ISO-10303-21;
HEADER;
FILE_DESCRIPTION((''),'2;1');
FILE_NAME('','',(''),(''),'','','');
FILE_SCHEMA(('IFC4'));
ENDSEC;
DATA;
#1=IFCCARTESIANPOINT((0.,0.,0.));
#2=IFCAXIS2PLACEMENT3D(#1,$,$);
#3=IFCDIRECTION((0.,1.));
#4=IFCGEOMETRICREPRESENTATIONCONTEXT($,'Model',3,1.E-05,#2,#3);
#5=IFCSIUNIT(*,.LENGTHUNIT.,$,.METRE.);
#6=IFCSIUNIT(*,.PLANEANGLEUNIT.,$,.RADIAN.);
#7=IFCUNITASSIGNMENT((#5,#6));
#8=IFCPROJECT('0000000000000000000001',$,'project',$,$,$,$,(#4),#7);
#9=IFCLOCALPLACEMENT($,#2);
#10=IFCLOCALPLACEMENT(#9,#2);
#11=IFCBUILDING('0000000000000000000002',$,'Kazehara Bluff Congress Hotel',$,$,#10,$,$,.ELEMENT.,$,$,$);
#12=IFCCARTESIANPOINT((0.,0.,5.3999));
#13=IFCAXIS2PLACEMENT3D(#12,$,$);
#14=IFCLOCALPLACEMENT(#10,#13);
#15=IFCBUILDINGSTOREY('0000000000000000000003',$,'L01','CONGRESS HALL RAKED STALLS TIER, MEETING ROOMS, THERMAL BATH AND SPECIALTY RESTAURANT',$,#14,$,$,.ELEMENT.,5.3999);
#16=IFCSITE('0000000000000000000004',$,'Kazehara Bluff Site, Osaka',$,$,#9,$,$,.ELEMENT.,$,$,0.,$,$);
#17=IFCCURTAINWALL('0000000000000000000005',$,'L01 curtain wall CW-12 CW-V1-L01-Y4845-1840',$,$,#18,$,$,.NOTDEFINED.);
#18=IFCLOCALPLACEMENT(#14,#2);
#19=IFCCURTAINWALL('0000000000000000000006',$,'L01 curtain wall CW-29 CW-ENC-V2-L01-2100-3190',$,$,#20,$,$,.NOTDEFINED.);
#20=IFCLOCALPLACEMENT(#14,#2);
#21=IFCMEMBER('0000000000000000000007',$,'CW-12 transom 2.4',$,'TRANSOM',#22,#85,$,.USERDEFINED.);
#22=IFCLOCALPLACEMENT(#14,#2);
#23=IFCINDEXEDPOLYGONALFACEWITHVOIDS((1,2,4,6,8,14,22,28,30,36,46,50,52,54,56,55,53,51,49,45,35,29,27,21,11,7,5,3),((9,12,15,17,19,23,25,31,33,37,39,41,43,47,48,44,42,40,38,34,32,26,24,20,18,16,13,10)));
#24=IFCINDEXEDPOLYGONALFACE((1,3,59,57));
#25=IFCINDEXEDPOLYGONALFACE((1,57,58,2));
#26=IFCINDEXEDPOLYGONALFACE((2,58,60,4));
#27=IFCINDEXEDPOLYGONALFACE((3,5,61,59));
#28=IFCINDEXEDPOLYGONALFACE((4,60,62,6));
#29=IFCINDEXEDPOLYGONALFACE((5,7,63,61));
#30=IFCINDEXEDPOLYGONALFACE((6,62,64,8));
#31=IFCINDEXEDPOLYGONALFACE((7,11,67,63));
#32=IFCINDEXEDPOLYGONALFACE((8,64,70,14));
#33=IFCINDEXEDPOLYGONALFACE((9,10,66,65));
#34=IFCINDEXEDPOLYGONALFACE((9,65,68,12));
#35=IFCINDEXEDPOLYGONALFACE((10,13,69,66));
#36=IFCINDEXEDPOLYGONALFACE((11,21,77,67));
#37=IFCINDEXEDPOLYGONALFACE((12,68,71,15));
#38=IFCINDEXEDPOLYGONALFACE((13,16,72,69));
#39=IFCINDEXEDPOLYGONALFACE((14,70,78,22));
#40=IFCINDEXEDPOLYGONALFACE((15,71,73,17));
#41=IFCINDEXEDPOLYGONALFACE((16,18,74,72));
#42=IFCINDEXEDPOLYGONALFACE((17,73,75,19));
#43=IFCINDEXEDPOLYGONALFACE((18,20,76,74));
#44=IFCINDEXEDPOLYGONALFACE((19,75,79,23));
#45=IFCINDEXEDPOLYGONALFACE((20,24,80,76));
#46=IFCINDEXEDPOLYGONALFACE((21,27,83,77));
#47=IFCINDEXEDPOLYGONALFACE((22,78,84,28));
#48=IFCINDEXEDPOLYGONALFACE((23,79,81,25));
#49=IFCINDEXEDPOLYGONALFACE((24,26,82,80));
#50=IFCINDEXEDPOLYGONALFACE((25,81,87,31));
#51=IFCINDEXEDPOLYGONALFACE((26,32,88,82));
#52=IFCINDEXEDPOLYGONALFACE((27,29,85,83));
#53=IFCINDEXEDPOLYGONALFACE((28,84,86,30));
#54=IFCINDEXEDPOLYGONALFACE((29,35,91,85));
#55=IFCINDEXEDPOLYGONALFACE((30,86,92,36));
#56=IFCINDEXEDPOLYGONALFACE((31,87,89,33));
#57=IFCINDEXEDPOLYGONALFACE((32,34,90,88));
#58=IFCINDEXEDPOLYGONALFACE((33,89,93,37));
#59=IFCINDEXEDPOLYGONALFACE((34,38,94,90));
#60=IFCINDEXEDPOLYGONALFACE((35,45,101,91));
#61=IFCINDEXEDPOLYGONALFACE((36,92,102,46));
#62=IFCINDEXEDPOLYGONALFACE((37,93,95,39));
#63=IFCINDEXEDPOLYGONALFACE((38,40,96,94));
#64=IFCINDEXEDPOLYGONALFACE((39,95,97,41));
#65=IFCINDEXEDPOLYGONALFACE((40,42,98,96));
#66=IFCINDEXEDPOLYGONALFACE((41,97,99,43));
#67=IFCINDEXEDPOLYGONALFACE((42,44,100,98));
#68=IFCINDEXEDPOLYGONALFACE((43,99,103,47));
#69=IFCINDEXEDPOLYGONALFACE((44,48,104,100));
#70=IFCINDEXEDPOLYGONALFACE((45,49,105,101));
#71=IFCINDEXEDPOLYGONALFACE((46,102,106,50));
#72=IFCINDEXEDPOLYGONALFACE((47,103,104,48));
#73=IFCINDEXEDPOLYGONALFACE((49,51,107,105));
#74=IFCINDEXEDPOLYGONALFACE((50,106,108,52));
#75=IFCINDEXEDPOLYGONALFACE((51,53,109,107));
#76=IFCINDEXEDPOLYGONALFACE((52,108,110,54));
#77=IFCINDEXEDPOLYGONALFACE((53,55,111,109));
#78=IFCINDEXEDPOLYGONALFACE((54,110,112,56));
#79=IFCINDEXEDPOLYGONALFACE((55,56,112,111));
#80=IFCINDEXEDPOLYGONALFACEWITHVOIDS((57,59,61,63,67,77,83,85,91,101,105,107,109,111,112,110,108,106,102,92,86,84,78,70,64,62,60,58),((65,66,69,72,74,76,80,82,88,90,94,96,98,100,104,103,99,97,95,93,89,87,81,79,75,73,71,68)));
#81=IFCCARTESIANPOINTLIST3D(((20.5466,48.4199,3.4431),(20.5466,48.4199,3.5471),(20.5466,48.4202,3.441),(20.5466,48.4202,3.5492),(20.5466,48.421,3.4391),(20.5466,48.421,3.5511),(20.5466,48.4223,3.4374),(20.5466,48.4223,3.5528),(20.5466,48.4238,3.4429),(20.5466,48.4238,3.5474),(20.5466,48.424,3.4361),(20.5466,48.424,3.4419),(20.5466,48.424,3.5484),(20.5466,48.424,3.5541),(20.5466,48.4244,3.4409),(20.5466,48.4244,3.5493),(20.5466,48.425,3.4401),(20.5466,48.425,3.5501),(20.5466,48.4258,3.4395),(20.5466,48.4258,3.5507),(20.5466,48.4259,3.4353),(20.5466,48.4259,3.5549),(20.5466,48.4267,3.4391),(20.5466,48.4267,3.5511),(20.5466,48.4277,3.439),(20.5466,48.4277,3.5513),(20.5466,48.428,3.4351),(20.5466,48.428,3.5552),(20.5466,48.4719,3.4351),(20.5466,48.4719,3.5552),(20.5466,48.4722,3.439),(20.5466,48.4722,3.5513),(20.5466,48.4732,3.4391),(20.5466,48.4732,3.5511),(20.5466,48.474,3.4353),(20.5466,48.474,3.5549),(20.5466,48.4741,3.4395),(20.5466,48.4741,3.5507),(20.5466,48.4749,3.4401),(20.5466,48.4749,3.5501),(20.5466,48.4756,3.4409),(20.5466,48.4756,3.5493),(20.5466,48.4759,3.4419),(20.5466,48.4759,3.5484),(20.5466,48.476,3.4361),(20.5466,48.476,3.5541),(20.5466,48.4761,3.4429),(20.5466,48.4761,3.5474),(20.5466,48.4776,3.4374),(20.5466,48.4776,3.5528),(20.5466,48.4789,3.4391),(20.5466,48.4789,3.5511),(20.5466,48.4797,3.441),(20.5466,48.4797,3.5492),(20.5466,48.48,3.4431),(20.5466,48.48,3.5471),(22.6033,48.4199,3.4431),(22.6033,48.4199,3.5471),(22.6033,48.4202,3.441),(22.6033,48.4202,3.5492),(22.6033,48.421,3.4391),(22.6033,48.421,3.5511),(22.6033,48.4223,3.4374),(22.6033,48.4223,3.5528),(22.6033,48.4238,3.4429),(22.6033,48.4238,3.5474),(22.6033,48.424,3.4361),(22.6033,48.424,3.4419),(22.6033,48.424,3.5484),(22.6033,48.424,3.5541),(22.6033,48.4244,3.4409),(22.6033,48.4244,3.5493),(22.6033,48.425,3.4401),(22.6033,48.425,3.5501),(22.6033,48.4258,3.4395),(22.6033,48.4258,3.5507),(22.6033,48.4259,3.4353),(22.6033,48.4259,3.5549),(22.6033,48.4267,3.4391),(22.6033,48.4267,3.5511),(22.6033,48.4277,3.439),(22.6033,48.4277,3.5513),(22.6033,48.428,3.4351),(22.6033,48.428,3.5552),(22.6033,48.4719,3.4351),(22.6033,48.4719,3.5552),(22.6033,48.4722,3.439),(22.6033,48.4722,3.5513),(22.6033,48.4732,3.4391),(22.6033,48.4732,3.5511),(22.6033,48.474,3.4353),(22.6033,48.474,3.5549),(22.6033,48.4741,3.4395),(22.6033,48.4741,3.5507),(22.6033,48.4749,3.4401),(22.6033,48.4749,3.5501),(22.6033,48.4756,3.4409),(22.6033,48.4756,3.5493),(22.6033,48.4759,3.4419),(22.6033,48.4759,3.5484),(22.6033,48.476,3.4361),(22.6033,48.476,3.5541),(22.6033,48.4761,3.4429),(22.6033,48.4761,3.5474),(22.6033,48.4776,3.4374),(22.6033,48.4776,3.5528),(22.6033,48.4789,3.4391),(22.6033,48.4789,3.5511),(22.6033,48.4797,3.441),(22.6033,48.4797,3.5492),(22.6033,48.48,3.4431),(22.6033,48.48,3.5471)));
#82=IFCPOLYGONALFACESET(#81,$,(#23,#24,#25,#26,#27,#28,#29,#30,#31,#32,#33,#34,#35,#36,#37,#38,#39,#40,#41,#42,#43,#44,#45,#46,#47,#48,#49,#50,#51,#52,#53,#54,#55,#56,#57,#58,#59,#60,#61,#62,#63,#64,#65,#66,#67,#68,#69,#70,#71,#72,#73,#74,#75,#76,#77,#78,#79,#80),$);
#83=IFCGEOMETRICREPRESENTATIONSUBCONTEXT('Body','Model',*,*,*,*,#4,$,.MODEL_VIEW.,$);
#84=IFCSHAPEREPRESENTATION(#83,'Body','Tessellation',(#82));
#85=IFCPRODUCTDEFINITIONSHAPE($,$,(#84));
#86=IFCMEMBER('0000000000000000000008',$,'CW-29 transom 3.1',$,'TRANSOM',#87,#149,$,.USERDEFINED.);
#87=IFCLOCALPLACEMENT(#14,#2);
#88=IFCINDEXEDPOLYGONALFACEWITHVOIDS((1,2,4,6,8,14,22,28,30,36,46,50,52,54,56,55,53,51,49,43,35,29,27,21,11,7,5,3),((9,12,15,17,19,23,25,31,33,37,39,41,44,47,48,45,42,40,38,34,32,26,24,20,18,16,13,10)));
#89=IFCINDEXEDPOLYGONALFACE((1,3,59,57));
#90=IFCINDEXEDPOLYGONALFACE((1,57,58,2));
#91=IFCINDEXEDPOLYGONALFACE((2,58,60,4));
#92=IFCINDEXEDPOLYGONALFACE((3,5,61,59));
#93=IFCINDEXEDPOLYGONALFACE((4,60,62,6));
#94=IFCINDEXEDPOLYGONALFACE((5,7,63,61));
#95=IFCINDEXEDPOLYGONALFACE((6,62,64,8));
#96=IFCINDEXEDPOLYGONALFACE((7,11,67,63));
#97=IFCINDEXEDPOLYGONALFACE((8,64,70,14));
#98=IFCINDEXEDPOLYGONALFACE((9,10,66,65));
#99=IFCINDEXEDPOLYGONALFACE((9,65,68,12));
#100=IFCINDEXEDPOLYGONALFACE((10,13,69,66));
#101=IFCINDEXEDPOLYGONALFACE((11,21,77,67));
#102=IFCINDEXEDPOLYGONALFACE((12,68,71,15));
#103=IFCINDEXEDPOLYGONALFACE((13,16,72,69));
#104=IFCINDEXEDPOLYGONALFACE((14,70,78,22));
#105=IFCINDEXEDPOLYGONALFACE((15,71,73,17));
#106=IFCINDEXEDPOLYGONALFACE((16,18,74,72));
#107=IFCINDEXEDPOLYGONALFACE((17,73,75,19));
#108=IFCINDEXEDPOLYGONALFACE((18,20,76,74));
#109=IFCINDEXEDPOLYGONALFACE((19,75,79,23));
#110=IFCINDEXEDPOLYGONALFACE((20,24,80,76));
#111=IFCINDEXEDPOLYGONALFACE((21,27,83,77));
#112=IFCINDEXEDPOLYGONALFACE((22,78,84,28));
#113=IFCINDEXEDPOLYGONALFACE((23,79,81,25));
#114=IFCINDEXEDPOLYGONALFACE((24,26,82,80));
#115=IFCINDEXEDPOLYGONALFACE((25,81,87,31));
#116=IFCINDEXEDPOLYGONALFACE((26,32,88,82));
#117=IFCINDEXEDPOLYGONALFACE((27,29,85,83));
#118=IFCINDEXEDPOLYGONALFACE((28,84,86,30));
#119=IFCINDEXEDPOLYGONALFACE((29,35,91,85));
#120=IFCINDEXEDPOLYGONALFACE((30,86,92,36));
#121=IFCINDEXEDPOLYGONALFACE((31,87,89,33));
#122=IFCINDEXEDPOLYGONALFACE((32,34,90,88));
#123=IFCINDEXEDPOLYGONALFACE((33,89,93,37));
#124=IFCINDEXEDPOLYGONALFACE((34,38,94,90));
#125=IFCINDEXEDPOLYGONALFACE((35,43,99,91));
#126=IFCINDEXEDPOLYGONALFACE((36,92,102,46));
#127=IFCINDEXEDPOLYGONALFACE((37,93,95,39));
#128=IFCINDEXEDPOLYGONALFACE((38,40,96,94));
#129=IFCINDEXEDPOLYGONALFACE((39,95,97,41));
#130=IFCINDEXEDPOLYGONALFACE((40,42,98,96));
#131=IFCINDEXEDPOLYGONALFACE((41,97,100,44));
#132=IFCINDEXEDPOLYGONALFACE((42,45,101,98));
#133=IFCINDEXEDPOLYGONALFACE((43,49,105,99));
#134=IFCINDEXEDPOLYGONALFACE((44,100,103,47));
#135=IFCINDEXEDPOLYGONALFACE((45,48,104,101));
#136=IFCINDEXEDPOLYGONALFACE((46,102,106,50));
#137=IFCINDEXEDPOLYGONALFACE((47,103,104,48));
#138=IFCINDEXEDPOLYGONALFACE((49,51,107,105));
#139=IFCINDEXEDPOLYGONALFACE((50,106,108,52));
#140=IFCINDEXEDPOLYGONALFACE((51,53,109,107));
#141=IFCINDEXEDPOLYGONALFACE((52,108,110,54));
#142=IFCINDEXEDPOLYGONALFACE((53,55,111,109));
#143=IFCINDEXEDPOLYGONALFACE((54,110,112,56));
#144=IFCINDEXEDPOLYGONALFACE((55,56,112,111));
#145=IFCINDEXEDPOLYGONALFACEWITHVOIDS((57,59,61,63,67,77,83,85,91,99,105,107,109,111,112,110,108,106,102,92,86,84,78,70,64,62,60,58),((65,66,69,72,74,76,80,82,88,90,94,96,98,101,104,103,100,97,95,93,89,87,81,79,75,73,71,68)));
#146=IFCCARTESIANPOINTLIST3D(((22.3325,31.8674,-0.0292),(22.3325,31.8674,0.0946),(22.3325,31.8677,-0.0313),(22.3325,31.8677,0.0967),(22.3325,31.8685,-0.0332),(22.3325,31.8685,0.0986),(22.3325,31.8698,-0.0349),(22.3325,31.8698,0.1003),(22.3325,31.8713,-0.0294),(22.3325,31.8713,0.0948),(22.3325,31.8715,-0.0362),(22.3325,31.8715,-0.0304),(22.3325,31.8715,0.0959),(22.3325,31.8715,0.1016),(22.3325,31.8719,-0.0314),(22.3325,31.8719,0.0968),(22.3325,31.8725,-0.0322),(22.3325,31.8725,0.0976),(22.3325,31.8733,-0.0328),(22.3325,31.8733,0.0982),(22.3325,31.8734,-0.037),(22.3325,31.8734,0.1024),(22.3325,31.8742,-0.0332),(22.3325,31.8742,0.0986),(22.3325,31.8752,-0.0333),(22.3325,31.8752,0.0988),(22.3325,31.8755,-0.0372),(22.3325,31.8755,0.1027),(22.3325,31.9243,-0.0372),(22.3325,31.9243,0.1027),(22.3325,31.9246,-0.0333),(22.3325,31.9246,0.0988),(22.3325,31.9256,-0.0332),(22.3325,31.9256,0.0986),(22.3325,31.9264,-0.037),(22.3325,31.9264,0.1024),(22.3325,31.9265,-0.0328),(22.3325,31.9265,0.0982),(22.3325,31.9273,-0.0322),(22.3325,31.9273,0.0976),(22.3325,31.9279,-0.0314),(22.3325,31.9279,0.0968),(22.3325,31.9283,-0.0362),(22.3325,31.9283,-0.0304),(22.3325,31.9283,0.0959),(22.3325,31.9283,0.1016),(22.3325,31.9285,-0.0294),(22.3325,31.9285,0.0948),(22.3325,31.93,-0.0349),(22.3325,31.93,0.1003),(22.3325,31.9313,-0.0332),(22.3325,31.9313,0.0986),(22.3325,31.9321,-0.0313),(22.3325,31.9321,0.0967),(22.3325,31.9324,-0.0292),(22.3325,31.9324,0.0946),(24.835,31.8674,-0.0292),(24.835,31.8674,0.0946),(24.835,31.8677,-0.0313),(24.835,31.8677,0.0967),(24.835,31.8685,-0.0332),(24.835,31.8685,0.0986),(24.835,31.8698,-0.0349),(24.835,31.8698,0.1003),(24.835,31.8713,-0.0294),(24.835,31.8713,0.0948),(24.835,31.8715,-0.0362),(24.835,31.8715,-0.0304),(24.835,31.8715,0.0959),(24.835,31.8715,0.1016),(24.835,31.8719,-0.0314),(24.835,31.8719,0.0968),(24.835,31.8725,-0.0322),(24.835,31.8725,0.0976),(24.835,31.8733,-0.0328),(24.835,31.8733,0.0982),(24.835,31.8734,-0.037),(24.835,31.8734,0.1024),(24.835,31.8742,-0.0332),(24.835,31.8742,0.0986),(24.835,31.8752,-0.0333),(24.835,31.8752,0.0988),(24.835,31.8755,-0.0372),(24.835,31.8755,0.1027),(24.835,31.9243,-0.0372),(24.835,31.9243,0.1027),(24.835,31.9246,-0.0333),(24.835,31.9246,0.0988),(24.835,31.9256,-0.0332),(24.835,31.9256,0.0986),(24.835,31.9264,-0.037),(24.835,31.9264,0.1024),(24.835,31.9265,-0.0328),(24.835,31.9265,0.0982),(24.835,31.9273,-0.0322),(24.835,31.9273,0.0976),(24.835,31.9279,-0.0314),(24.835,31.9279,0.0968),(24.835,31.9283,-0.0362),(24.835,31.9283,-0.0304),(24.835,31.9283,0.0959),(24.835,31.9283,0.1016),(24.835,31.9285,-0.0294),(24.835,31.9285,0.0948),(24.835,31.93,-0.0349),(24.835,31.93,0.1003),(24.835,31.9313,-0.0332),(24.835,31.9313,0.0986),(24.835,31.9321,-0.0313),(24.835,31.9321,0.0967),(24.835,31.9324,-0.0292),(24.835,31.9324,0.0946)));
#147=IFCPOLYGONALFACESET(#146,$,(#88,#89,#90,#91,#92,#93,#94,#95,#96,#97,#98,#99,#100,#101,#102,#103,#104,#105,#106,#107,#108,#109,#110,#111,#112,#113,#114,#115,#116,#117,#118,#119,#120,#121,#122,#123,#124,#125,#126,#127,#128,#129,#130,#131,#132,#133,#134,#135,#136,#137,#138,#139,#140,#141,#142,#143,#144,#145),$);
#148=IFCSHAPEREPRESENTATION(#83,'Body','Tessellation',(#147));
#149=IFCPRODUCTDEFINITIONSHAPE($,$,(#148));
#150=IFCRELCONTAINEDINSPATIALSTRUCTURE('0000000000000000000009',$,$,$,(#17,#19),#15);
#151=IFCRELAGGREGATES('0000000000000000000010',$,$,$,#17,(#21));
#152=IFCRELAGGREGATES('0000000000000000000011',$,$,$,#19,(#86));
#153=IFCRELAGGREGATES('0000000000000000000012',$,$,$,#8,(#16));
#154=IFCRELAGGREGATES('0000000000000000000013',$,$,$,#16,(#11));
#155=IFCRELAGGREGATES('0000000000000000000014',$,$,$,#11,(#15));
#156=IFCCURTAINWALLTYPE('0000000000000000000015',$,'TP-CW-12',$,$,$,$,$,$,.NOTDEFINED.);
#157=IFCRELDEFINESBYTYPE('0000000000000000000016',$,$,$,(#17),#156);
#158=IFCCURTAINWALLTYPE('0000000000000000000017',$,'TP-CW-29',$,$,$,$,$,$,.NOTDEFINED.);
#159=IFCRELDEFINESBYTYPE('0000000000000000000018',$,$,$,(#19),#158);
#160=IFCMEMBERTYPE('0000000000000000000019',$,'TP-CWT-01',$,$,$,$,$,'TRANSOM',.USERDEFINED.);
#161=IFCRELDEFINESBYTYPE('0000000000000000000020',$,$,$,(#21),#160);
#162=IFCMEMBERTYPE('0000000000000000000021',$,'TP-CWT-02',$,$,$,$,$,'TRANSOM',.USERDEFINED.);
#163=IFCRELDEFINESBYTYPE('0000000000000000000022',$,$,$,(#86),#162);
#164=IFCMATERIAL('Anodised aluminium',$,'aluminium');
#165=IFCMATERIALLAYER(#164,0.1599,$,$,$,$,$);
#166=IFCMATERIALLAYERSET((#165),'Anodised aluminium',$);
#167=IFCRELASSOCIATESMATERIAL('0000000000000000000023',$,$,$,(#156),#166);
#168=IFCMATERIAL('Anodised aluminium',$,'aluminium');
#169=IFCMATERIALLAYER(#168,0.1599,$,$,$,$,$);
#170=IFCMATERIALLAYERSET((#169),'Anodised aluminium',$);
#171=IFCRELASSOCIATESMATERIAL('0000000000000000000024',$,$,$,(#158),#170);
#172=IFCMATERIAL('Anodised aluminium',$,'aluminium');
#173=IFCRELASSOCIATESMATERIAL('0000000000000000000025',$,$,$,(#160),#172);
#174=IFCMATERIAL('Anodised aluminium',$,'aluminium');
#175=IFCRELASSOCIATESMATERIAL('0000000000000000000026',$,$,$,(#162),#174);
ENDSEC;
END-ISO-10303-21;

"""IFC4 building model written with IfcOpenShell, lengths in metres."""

from ifc_helpers import new_model, si_unit, direction, frame, origin, origin_2d, place, context, subcontext, project, spatial, hollow_rectangle, extrude, material, layer, layer_set, material_profile, profile_set, type_object, element, aggregate, save


model = new_model("IFC4")

# Units and contexts
model_context = context("Model", 3, precision=1e-05, world=origin(), true_north=direction((0.0, 1.0)))
body_context = subcontext(model_context, "Body", "Model", "MODEL_VIEW")
ifc_project = project(units=[si_unit("LENGTHUNIT", "METRE"), si_unit("PLANEANGLEUNIT", "RADIAN")], contexts=[model_context])

# Site, building, storey
site_placement = place(None, origin())
site = spatial("IfcSite", under=ifc_project, at=site_placement, Name="Kazehara Bluff Site, Osaka", CompositionType="ELEMENT", RefElevation=0.0)
building_placement = place(site_placement, origin())
building = spatial("IfcBuilding", under=site, at=building_placement, Name="Kazehara Bluff Congress Hotel", CompositionType="ELEMENT")
storey_placement = place(building_placement, frame((0.0, 0.0, 5.3999)))
storey = spatial("IfcBuildingStorey", under=building, at=storey_placement, Name="L01", Description="CONGRESS HALL RAKED STALLS TIER, MEETING ROOMS, THERMAL BATH AND SPECIALTY RESTAURANT", CompositionType="ELEMENT", Elevation=5.3999)

# Curtain wall
ifc_material_1 = material(Name="Anodised aluminium", Category="aluminium")
ifc_layer_1 = layer(ifc_material_1, 0.1599)
ifc_layer_set_1 = layer_set([ifc_layer_1], Name="Anodised aluminium")
curtain_wall_type_1 = type_object("IfcCurtainWallType", Name="TP-CW-12", PredefinedType="NOTDEFINED", material=ifc_layer_set_1)
curtain_wall_1_placement = place(storey_placement, origin())
curtain_wall_1 = element("IfcCurtainWall", 1, at=curtain_wall_1_placement, inside=storey, type_object=curtain_wall_type_1, Name="L01 curtain wall CW-12 CW-V1-L01-Y4845-1840", PredefinedType="NOTDEFINED")

# Curtain wall
ifc_material_2 = material(Name="Anodised aluminium", Category="aluminium")
ifc_layer_2 = layer(ifc_material_2, 0.1599)
ifc_layer_set_2 = layer_set([ifc_layer_2], Name="Anodised aluminium")
curtain_wall_type_2 = type_object("IfcCurtainWallType", Name="TP-CW-29", PredefinedType="NOTDEFINED", material=ifc_layer_set_2)
curtain_wall_2_placement = place(storey_placement, origin())
curtain_wall_2 = element("IfcCurtainWall", 2, at=curtain_wall_2_placement, inside=storey, type_object=curtain_wall_type_2, Name="L01 curtain wall CW-29 CW-ENC-V2-L01-2100-3190", PredefinedType="NOTDEFINED")

# Members
ifc_material_3 = material(Name="Anodised aluminium", Category="aluminium")
ifc_material_profile_1 = material_profile(ifc_material_3, hollow_rectangle(XDim=0.0601, YDim=0.1201, WallThickness=0.0039, InnerFilletRadius=0.0039, OuterFilletRadius=0.0081, at=origin_2d()))
ifc_profile_set_1 = profile_set([ifc_material_profile_1], Name="Anodised aluminium")
member_type_1 = type_object("IfcMemberType", Name="TP-CWT-01", ElementType="TRANSOM", PredefinedType="USERDEFINED", material=ifc_profile_set_1)
member_1_placement = place(storey_placement, frame((20.5466, 48.45, 3.4951), z_axis=(1.0, 0.0, 0.0), x_axis=(0.0, 1.0, 0.0)))
member_1 = element("IfcMember", 3, at=member_1_placement, type_object=member_type_1, Name="CW-12 transom 2.4", ObjectType="TRANSOM", PredefinedType="USERDEFINED", context=body_context, shape_type="SweptSolid", body=[
    extrude(hollow_rectangle(XDim=0.0601, YDim=0.1201, WallThickness=0.0039, InnerFilletRadius=0.0039, OuterFilletRadius=0.0081, at=origin_2d()), origin(), (0.0, 0.0, 1.0), 2.0566),
])
ifc_material_4 = material(Name="Anodised aluminium", Category="aluminium")
ifc_material_profile_2 = material_profile(ifc_material_4, hollow_rectangle(XDim=0.0649, YDim=0.1399, WallThickness=0.0039, InnerFilletRadius=0.0039, OuterFilletRadius=0.0081, at=origin_2d()))
ifc_profile_set_2 = profile_set([ifc_material_profile_2], Name="Anodised aluminium")
member_type_2 = type_object("IfcMemberType", Name="TP-CWT-02", ElementType="TRANSOM", PredefinedType="USERDEFINED", material=ifc_profile_set_2)
member_2_placement = place(storey_placement, frame((22.3325, 31.8999, 0.0327), z_axis=(1.0, 0.0, 0.0), x_axis=(0.0, 1.0, 0.0)))
member_2 = element("IfcMember", 4, at=member_2_placement, type_object=member_type_2, Name="CW-29 transom 3.1", ObjectType="TRANSOM", PredefinedType="USERDEFINED", context=body_context, shape_type="SweptSolid", body=[
    extrude(hollow_rectangle(XDim=0.0649, YDim=0.1399, WallThickness=0.0039, InnerFilletRadius=0.0039, OuterFilletRadius=0.0081, at=origin_2d()), origin(), (0.0, 0.0, 1.0), 2.5024),
])

aggregate(curtain_wall_1, [member_1])
aggregate(curtain_wall_2, [member_2])

save(model, "model.ifc")
